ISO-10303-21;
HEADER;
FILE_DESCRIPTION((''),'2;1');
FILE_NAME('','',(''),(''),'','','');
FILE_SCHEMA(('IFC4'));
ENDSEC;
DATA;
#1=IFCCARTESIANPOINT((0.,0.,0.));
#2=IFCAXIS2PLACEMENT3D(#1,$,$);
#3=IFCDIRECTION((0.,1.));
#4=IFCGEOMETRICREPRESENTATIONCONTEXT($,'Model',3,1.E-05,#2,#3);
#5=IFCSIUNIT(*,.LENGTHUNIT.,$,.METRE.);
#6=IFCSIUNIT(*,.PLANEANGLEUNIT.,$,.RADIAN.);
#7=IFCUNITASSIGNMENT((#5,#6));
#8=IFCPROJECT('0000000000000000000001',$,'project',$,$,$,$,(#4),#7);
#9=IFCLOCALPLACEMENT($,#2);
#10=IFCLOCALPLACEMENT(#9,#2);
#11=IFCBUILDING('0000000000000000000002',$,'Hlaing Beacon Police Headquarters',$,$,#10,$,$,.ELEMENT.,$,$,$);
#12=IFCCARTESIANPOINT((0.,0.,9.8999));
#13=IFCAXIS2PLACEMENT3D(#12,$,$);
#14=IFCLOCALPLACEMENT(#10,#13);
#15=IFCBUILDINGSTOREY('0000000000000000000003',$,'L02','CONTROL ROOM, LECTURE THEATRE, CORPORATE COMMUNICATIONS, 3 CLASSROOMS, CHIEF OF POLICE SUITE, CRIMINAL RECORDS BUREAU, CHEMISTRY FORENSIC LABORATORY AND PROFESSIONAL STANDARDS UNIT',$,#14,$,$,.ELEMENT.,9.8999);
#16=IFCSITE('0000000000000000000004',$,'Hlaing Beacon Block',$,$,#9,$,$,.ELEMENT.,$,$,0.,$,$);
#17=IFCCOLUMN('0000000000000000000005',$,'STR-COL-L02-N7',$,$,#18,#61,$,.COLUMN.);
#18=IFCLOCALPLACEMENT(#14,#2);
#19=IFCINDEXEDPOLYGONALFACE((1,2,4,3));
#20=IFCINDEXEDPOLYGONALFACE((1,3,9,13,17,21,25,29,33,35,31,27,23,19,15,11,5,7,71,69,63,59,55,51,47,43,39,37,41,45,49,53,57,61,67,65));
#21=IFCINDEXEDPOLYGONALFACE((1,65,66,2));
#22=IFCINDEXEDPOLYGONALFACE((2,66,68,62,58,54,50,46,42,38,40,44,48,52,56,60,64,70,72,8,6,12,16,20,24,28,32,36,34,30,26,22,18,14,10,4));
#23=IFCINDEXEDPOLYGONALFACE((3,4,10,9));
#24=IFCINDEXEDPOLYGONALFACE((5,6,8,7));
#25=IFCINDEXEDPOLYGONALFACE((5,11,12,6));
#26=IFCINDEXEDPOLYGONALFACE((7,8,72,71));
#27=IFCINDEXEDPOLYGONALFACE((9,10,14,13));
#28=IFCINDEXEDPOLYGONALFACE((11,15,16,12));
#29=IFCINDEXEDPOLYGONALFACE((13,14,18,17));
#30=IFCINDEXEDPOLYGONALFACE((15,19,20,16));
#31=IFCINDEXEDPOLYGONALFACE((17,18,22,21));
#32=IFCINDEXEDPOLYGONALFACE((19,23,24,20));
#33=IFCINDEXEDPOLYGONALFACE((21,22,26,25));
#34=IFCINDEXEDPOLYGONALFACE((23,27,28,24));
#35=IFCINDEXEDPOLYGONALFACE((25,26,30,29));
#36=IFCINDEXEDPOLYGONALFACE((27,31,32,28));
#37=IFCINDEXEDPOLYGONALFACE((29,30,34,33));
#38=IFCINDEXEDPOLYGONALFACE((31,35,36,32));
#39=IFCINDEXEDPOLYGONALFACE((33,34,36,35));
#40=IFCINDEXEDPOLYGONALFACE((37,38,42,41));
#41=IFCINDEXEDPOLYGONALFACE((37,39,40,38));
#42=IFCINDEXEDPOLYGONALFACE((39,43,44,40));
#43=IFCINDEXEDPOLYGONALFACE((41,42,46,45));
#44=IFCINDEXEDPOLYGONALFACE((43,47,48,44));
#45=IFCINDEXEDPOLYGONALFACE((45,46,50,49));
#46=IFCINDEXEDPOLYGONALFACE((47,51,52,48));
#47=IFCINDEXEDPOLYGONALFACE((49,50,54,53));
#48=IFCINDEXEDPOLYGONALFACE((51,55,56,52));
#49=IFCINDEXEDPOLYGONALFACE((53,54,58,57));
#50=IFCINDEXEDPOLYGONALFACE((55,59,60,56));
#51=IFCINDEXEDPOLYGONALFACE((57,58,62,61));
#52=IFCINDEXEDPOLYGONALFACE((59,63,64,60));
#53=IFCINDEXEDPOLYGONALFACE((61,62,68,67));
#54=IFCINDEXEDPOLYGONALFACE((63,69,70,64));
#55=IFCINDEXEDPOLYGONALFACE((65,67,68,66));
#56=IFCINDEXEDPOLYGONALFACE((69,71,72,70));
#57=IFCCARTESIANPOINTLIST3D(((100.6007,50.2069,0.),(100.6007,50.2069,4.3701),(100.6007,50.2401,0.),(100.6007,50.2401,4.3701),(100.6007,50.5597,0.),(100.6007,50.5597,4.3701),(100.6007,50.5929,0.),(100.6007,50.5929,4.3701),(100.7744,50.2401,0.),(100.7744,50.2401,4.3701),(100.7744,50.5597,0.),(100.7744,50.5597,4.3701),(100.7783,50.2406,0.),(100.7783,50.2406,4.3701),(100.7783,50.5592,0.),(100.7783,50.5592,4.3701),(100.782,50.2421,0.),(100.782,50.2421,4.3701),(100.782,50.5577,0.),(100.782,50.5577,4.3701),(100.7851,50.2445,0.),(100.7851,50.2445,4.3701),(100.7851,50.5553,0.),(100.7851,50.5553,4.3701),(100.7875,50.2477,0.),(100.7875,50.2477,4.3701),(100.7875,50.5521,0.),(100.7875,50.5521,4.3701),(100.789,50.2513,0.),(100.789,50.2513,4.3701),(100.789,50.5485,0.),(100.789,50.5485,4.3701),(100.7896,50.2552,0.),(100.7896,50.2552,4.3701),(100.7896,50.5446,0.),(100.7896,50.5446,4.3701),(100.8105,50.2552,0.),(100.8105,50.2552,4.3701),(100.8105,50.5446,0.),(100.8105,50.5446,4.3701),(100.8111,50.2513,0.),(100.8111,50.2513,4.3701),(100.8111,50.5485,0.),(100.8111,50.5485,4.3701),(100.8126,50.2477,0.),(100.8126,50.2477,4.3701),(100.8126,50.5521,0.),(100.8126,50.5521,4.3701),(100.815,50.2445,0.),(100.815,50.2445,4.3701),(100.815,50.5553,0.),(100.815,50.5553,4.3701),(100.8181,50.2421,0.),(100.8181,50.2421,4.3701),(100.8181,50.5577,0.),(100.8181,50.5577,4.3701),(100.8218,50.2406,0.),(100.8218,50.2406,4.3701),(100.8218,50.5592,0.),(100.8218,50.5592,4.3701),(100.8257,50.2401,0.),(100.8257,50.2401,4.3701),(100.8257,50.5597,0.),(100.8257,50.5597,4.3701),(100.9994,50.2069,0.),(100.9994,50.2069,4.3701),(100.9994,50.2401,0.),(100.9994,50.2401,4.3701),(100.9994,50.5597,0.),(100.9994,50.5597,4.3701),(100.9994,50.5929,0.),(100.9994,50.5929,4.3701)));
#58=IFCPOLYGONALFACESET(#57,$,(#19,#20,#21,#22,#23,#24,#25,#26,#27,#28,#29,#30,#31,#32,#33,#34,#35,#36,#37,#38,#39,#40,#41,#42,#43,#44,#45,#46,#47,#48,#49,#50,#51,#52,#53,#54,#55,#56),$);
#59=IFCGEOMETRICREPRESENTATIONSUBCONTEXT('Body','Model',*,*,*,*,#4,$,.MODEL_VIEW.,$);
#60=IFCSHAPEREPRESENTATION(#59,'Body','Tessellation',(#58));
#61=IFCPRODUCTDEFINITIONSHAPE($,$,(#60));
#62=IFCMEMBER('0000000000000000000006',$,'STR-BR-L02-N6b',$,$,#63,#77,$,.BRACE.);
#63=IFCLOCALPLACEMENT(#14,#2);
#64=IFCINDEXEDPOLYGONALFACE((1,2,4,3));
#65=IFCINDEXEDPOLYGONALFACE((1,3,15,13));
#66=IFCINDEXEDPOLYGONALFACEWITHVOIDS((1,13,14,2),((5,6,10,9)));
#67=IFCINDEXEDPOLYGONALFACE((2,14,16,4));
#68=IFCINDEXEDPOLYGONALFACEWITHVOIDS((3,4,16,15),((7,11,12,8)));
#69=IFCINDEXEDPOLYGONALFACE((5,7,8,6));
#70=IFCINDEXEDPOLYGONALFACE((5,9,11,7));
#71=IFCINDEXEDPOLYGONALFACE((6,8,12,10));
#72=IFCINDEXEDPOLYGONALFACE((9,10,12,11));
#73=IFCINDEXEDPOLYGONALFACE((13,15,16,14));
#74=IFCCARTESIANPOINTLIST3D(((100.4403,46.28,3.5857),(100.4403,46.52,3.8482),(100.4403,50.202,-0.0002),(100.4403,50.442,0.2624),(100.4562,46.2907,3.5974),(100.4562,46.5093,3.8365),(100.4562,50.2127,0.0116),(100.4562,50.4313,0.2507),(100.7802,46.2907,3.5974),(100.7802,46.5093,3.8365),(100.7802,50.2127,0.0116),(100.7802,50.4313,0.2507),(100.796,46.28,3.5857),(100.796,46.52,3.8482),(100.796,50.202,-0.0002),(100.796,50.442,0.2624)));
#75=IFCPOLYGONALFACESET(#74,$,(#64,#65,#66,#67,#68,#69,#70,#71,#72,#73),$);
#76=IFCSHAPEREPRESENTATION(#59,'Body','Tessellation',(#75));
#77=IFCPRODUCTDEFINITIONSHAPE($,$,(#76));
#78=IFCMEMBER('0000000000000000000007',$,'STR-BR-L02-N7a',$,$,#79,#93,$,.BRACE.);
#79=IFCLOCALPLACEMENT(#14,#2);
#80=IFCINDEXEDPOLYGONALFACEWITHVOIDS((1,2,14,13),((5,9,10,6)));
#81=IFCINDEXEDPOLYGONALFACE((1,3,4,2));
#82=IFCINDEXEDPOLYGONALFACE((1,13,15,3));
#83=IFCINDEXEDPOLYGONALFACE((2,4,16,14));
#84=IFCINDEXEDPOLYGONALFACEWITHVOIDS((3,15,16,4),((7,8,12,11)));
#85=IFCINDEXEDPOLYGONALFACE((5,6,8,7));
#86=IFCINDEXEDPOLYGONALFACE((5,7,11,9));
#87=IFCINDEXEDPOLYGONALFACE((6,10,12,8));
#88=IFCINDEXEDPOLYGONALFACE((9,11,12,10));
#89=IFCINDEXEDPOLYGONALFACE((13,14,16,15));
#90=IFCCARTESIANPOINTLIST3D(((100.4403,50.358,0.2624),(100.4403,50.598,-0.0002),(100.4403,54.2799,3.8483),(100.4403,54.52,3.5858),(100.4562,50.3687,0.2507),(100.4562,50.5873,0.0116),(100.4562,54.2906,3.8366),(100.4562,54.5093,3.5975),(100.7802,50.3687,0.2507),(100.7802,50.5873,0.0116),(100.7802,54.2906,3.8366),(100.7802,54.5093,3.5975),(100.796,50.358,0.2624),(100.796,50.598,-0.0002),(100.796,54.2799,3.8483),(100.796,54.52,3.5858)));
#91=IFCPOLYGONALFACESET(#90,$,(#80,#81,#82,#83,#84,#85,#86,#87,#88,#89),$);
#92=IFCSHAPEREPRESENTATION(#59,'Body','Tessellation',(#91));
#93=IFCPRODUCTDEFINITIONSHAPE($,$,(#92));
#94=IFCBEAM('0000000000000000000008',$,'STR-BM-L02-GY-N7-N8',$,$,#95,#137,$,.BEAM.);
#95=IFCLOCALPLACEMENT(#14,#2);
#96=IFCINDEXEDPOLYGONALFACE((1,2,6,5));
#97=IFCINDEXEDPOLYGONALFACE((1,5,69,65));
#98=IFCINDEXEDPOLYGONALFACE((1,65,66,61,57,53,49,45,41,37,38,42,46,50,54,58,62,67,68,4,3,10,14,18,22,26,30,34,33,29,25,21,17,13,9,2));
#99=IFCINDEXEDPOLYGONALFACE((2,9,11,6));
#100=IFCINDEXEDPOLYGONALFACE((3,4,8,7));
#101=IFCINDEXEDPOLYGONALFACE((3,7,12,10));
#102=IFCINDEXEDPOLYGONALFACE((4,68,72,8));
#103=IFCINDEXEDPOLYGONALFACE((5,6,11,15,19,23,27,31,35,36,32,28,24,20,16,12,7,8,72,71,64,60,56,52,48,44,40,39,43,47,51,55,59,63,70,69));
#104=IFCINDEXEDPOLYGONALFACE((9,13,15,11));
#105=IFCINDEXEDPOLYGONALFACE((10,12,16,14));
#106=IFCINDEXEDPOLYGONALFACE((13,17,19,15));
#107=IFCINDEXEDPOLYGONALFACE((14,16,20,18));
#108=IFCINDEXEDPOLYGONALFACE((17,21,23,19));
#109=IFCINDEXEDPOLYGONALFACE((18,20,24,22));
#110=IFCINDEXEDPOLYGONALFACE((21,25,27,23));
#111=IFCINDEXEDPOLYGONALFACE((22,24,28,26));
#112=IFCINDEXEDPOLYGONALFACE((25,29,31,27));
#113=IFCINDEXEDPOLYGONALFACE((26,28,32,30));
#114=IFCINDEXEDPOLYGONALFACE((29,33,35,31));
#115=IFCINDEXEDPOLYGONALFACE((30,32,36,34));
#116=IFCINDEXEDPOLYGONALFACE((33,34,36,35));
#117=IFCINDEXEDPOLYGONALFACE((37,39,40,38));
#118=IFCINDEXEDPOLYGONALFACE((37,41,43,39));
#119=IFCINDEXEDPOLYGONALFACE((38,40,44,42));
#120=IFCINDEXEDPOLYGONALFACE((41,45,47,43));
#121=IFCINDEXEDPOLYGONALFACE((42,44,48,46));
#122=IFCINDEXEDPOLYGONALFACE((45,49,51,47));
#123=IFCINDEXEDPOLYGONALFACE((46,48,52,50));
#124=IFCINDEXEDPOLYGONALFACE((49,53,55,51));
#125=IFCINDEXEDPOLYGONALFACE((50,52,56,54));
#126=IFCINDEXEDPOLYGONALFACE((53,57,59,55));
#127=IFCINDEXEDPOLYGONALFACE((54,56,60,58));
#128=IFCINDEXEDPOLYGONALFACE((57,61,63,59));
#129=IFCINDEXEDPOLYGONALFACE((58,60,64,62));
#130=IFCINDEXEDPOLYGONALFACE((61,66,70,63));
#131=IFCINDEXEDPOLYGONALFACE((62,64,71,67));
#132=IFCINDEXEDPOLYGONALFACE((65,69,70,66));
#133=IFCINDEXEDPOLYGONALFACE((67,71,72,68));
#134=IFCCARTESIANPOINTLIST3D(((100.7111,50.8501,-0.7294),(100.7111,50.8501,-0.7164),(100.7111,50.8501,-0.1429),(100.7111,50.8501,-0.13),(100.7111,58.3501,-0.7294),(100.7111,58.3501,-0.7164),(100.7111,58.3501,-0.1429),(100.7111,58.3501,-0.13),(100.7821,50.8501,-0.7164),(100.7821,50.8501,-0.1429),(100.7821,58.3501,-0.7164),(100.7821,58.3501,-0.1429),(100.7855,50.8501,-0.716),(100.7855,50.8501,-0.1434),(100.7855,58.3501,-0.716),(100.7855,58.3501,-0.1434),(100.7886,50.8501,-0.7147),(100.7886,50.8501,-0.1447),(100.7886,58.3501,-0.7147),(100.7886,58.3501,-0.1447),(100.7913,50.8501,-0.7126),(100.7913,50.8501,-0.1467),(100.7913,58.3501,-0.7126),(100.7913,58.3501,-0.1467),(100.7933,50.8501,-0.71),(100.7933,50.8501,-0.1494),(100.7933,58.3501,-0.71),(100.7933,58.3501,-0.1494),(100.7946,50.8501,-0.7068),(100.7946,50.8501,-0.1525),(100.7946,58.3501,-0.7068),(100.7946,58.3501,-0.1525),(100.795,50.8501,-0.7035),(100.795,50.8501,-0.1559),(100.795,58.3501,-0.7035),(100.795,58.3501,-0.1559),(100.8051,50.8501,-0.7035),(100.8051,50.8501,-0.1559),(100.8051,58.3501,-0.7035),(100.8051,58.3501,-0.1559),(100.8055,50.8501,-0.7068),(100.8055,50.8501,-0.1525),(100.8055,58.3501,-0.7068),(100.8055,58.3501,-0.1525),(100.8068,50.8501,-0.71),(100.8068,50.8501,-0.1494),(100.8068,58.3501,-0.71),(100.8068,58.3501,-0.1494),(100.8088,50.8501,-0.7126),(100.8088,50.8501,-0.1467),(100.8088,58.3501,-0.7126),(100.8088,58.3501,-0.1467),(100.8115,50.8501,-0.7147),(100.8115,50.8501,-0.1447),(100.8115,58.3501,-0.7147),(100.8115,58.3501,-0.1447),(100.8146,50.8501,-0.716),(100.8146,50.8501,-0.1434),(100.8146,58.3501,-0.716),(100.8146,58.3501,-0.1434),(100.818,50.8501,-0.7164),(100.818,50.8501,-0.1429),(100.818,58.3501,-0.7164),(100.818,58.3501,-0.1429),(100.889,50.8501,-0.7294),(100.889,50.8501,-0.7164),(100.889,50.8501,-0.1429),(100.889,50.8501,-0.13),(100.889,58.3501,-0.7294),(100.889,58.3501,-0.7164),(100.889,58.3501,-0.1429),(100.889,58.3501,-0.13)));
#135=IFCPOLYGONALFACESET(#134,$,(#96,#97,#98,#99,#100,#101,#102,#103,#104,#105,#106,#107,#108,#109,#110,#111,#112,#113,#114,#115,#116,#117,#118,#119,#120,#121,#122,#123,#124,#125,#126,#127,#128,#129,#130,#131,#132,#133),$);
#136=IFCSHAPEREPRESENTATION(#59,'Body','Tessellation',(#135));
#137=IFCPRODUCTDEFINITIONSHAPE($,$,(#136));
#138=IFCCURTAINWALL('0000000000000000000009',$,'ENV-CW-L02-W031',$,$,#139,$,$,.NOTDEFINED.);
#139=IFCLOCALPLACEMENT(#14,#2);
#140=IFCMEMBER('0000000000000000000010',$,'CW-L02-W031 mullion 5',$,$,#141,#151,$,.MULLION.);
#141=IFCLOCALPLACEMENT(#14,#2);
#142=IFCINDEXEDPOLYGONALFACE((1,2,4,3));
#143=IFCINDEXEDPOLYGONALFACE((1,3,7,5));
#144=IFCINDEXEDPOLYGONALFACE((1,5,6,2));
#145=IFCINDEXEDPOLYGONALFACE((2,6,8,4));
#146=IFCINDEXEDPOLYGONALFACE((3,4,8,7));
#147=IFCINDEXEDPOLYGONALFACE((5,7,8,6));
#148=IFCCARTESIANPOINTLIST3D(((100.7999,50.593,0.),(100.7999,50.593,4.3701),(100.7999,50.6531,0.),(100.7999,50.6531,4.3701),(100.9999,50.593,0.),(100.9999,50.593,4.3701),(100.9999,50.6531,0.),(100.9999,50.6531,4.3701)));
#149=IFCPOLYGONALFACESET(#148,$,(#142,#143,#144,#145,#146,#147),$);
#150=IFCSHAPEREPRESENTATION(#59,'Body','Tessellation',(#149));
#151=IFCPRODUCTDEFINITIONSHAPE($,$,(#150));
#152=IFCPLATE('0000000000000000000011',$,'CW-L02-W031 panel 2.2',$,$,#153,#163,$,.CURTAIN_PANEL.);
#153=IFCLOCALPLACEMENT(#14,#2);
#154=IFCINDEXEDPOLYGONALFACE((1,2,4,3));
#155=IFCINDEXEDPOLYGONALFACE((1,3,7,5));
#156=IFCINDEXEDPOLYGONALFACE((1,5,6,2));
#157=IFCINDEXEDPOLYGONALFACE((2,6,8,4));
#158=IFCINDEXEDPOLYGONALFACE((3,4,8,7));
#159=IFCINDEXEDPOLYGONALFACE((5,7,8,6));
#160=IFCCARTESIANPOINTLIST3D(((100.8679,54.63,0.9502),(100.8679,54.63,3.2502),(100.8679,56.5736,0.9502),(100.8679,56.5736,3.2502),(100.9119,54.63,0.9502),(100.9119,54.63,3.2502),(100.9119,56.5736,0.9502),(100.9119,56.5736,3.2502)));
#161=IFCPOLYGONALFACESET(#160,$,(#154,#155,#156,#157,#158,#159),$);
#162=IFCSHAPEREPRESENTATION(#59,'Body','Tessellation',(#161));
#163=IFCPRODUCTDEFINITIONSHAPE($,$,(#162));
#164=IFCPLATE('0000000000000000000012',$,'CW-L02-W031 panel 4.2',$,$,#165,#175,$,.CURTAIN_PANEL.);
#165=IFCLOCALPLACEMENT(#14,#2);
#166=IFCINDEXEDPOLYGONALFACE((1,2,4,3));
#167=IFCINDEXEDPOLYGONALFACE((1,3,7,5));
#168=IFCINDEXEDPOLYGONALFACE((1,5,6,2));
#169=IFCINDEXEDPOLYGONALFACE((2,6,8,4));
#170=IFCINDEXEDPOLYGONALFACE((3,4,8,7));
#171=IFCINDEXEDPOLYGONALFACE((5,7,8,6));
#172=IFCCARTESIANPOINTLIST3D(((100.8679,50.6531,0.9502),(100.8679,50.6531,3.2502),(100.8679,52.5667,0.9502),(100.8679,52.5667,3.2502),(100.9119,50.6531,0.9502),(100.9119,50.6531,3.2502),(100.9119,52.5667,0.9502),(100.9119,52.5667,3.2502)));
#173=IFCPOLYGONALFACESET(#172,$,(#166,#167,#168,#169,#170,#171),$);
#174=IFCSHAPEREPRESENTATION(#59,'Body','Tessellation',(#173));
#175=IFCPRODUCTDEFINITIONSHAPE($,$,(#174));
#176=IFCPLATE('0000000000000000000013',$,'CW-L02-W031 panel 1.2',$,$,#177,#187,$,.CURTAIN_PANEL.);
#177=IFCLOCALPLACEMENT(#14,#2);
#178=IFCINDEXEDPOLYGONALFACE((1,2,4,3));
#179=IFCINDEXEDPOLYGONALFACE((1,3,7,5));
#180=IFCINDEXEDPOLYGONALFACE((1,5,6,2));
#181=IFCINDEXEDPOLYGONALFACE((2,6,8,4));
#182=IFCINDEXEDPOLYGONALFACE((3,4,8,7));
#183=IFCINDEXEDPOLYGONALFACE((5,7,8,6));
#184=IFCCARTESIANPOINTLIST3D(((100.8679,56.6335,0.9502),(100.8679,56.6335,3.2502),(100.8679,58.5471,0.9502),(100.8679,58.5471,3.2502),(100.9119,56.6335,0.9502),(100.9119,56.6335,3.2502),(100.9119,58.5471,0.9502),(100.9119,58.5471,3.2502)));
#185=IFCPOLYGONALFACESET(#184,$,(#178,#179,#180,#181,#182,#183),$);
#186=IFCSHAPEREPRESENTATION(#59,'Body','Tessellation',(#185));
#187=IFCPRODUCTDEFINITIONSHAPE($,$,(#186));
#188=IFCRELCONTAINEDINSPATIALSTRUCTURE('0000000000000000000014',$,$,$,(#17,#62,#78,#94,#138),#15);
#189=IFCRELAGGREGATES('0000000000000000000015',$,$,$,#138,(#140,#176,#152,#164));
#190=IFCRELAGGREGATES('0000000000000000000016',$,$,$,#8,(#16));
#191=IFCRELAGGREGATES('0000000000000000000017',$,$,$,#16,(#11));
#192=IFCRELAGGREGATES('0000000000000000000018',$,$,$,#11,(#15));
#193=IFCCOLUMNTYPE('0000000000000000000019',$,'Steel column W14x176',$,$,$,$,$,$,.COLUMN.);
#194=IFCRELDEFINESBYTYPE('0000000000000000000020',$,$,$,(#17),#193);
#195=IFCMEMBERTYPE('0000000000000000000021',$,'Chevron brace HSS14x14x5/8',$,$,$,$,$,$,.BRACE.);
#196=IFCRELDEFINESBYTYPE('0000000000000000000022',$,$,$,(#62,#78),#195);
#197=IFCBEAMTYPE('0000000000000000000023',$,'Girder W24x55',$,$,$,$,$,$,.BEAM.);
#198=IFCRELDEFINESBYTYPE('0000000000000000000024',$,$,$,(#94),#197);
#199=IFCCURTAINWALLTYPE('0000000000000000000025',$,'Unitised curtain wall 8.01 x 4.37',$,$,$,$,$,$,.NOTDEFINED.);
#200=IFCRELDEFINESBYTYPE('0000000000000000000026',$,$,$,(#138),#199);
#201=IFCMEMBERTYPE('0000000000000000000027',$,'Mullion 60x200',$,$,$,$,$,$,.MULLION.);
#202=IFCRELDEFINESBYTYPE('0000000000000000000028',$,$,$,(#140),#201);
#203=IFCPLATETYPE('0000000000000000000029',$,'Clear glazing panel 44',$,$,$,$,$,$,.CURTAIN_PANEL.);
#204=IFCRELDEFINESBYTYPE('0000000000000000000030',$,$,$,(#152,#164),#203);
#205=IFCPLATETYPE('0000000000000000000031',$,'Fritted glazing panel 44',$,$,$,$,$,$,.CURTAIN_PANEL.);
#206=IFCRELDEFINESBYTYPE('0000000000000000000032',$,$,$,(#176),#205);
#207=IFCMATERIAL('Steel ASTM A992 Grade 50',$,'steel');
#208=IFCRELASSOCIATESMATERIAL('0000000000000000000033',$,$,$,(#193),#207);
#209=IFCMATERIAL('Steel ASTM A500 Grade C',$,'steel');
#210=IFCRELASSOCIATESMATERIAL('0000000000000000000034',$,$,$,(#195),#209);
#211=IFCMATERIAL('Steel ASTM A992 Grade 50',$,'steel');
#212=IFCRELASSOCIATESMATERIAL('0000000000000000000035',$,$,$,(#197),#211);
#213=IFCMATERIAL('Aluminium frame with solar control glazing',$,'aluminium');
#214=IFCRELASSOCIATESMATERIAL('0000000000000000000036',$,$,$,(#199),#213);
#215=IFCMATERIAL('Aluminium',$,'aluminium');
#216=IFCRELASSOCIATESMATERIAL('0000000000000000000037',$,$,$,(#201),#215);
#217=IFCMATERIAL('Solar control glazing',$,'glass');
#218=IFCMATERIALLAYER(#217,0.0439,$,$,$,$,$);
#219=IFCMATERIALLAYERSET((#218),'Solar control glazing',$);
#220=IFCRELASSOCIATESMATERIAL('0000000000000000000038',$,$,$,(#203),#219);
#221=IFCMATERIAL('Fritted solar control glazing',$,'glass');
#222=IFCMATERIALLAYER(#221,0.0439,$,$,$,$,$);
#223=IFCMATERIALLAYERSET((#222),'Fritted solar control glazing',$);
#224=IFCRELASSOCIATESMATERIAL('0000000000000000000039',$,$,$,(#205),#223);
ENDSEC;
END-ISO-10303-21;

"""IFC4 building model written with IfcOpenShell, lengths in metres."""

from ifc_helpers import new_model, si_unit, direction, frame, origin, origin_2d, place, context, subcontext, project, spatial, rectangle, hollow_rectangle, i_section, extrude, material, layer, layer_set, material_profile, profile_set, type_object, element, aggregate, save


model = new_model("IFC4")

# Units and contexts
model_context = context("Model", 3, precision=1e-05, world=origin(), true_north=direction((0.0, 1.0)))
body_context = subcontext(model_context, "Body", "Model", "MODEL_VIEW")
ifc_project = project(units=[si_unit("LENGTHUNIT", "METRE"), si_unit("PLANEANGLEUNIT", "RADIAN")], contexts=[model_context])

# Site, building, storey
site_placement = place(None, origin())
site = spatial("IfcSite", under=ifc_project, at=site_placement, Name="Hlaing Beacon Block", CompositionType="ELEMENT", RefElevation=0.0)
building_placement = place(site_placement, origin())
building = spatial("IfcBuilding", under=site, at=building_placement, Name="Hlaing Beacon Police Headquarters", CompositionType="ELEMENT")
storey_placement = place(building_placement, frame((0.0, 0.0, 9.8999)))
storey = spatial("IfcBuildingStorey", under=building, at=storey_placement, Name="L02", Description="CONTROL ROOM, LECTURE THEATRE, CORPORATE COMMUNICATIONS, 3 CLASSROOMS, CHIEF OF POLICE SUITE, CRIMINAL RECORDS BUREAU, CHEMISTRY FORENSIC LABORATORY AND PROFESSIONAL STANDARDS UNIT", CompositionType="ELEMENT", Elevation=9.8999)

# Column
ifc_material_1 = material(Name="Steel ASTM A992 Grade 50", Category="steel")
ifc_material_profile_1 = material_profile(ifc_material_1, i_section(OverallWidth=0.3987, OverallDepth=0.386, WebThickness=0.021, FlangeThickness=0.0332, FilletRadius=0.0151, at=origin_2d()), Name="W14x176")
ifc_profile_set_1 = profile_set([ifc_material_profile_1], Name="Steel ASTM A992 Grade 50")
column_type = type_object("IfcColumnType", Name="Steel column W14x176", PredefinedType="COLUMN", material=ifc_profile_set_1)
column_placement = place(storey_placement, frame((100.8, 50.3999, 0.0), z_axis=(0.0, 0.0, 1.0), x_axis=(1.0, 0.0, 0.0)))
element("IfcColumn", 1, at=column_placement, inside=storey, type_object=column_type, Name="STR-COL-L02-N7", PredefinedType="COLUMN", context=body_context, shape_type="SweptSolid", body=[
    extrude(i_section(OverallWidth=0.3987, OverallDepth=0.386, WebThickness=0.021, FlangeThickness=0.0332, FilletRadius=0.0151, at=origin_2d()), origin(), (0.0, 0.0, 1.0), 4.3701),
])

# Members
ifc_material_2 = material(Name="Steel ASTM A500 Grade C", Category="steel")
ifc_material_profile_2 = material_profile(ifc_material_2, hollow_rectangle(XDim=0.3557, YDim=0.3557, WallThickness=0.0159, at=origin_2d()), Name="HSS14x14x5/8")
ifc_profile_set_2 = profile_set([ifc_material_profile_2], Name="Steel ASTM A500 Grade C")
member_type_1 = type_object("IfcMemberType", Name="Chevron brace HSS14x14x5/8", PredefinedType="BRACE", material=ifc_profile_set_2)
for number, where, z_axis, x_axis, name in (
    (2, (100.6182, 50.322, 0.1311), (0.0, -0.738029, 0.674769), (1.0, 0.0, 0.0), "STR-BR-L02-N6b"),
    (3, (100.6182, 50.478, 0.1311), (0.0, 0.738008, 0.674792), (-1.0, 0.0, 0.0), "STR-BR-L02-N7a"),
):
    element("IfcMember", number, at=place(storey_placement, frame(where, z_axis=z_axis, x_axis=x_axis)), inside=storey, type_object=member_type_1, Name=name, PredefinedType="BRACE", context=body_context, shape_type="SweptSolid", body=[
        extrude(hollow_rectangle(XDim=0.3557, YDim=0.3557, WallThickness=0.0159, at=origin_2d()), origin(), (0.0, 0.0, 1.0), 5.3142),
    ])

# Beam
ifc_material_3 = material(Name="Steel ASTM A992 Grade 50", Category="steel")
ifc_material_profile_3 = material_profile(ifc_material_3, i_section(OverallWidth=0.178, OverallDepth=0.5994, WebThickness=0.01, FlangeThickness=0.0129, FilletRadius=0.0129, at=origin_2d()), Name="W24x55")
ifc_profile_set_3 = profile_set([ifc_material_profile_3], Name="Steel ASTM A992 Grade 50")
beam_type = type_object("IfcBeamType", Name="Girder W24x55", PredefinedType="BEAM", material=ifc_profile_set_3)
beam_placement = place(storey_placement, frame((100.8, 50.8501, -0.4297), z_axis=(0.0, 1.0, 0.0), x_axis=(-1.0, 0.0, 0.0)))
element("IfcBeam", 4, at=beam_placement, inside=storey, type_object=beam_type, Name="STR-BM-L02-GY-N7-N8", PredefinedType="BEAM", context=body_context, shape_type="SweptSolid", body=[
    extrude(i_section(OverallWidth=0.178, OverallDepth=0.5994, WebThickness=0.01, FlangeThickness=0.0129, FilletRadius=0.0129, at=origin_2d()), origin(), (0.0, 0.0, 1.0), 7.5),
])

# Curtain wall, member, plates
ifc_material_4 = material(Name="Aluminium frame with solar control glazing", Category="aluminium")
curtain_wall_type = type_object("IfcCurtainWallType", Name="Unitised curtain wall 8.01 x 4.37", PredefinedType="NOTDEFINED", material=ifc_material_4)
curtain_wall_placement = place(storey_placement, origin())
curtain_wall = element("IfcCurtainWall", 5, at=curtain_wall_placement, inside=storey, type_object=curtain_wall_type, Name="ENV-CW-L02-W031", PredefinedType="NOTDEFINED")
ifc_material_5 = material(Name="Aluminium", Category="aluminium")
ifc_material_profile_4 = material_profile(ifc_material_5, rectangle(XDim=0.2, YDim=0.0601, at=origin_2d()), Name="Mullion 60x200")
ifc_profile_set_4 = profile_set([ifc_material_profile_4], Name="Aluminium")
member_type_2 = type_object("IfcMemberType", Name="Mullion 60x200", PredefinedType="MULLION", material=ifc_profile_set_4)
member_placement = place(storey_placement, frame((100.8999, 50.623, 0.0), z_axis=(0.0, 0.0, 1.0), x_axis=(1.0, 0.0, 0.0)))
member = element("IfcMember", 6, at=member_placement, type_object=member_type_2, Name="CW-L02-W031 mullion 5", PredefinedType="MULLION", context=body_context, shape_type="SweptSolid", body=[
    extrude(rectangle(XDim=0.2, YDim=0.0601, at=origin_2d()), origin(), (0.0, 0.0, 1.0), 4.3701),
])
ifc_material_6 = material(Name="Solar control glazing", Category="glass")
ifc_layer_1 = layer(ifc_material_6, 0.0439)
ifc_layer_set_1 = layer_set([ifc_layer_1], Name="Solar control glazing")
plate_type_1 = type_object("IfcPlateType", Name="Clear glazing panel 44", PredefinedType="CURTAIN_PANEL", material=ifc_layer_set_1)
plate_1_placement = place(storey_placement, frame((100.8899, 55.6018, 0.9502), z_axis=(0.0, 0.0, 1.0), x_axis=(0.0, -1.0, 0.0)))
plate_1 = element("IfcPlate", 7, at=plate_1_placement, type_object=plate_type_1, Name="CW-L02-W031 panel 2.2", PredefinedType="CURTAIN_PANEL", context=body_context, shape_type="SweptSolid", body=[
    extrude(rectangle(XDim=1.9436, YDim=0.0439, at=origin_2d()), origin(), (0.0, 0.0, 1.0), 2.3),
])
plate_2_placement = place(storey_placement, frame((100.8899, 51.6099, 0.9502), z_axis=(0.0, 0.0, 1.0), x_axis=(0.0, -1.0, 0.0)))
plate_2 = element("IfcPlate", 8, at=plate_2_placement, type_object=plate_type_1, Name="CW-L02-W031 panel 4.2", PredefinedType="CURTAIN_PANEL", context=body_context, shape_type="SweptSolid", body=[
    extrude(rectangle(XDim=1.9136, YDim=0.0439, at=origin_2d()), origin(), (0.0, 0.0, 1.0), 2.3),
])
ifc_material_7 = material(Name="Fritted solar control glazing", Category="glass")
ifc_layer_2 = layer(ifc_material_7, 0.0439)
ifc_layer_set_2 = layer_set([ifc_layer_2], Name="Fritted solar control glazing")
plate_type_2 = type_object("IfcPlateType", Name="Fritted glazing panel 44", PredefinedType="CURTAIN_PANEL", material=ifc_layer_set_2)
plate_3_placement = place(storey_placement, frame((100.8899, 57.5903, 0.9502), z_axis=(0.0, 0.0, 1.0), x_axis=(0.0, -1.0, 0.0)))
plate_3 = element("IfcPlate", 9, at=plate_3_placement, type_object=plate_type_2, Name="CW-L02-W031 panel 1.2", PredefinedType="CURTAIN_PANEL", context=body_context, shape_type="SweptSolid", body=[
    extrude(rectangle(XDim=1.9136, YDim=0.0439, at=origin_2d()), origin(), (0.0, 0.0, 1.0), 2.3),
])
aggregate(curtain_wall, [member, plate_3, plate_1, plate_2])

save(model, "model.ifc")
